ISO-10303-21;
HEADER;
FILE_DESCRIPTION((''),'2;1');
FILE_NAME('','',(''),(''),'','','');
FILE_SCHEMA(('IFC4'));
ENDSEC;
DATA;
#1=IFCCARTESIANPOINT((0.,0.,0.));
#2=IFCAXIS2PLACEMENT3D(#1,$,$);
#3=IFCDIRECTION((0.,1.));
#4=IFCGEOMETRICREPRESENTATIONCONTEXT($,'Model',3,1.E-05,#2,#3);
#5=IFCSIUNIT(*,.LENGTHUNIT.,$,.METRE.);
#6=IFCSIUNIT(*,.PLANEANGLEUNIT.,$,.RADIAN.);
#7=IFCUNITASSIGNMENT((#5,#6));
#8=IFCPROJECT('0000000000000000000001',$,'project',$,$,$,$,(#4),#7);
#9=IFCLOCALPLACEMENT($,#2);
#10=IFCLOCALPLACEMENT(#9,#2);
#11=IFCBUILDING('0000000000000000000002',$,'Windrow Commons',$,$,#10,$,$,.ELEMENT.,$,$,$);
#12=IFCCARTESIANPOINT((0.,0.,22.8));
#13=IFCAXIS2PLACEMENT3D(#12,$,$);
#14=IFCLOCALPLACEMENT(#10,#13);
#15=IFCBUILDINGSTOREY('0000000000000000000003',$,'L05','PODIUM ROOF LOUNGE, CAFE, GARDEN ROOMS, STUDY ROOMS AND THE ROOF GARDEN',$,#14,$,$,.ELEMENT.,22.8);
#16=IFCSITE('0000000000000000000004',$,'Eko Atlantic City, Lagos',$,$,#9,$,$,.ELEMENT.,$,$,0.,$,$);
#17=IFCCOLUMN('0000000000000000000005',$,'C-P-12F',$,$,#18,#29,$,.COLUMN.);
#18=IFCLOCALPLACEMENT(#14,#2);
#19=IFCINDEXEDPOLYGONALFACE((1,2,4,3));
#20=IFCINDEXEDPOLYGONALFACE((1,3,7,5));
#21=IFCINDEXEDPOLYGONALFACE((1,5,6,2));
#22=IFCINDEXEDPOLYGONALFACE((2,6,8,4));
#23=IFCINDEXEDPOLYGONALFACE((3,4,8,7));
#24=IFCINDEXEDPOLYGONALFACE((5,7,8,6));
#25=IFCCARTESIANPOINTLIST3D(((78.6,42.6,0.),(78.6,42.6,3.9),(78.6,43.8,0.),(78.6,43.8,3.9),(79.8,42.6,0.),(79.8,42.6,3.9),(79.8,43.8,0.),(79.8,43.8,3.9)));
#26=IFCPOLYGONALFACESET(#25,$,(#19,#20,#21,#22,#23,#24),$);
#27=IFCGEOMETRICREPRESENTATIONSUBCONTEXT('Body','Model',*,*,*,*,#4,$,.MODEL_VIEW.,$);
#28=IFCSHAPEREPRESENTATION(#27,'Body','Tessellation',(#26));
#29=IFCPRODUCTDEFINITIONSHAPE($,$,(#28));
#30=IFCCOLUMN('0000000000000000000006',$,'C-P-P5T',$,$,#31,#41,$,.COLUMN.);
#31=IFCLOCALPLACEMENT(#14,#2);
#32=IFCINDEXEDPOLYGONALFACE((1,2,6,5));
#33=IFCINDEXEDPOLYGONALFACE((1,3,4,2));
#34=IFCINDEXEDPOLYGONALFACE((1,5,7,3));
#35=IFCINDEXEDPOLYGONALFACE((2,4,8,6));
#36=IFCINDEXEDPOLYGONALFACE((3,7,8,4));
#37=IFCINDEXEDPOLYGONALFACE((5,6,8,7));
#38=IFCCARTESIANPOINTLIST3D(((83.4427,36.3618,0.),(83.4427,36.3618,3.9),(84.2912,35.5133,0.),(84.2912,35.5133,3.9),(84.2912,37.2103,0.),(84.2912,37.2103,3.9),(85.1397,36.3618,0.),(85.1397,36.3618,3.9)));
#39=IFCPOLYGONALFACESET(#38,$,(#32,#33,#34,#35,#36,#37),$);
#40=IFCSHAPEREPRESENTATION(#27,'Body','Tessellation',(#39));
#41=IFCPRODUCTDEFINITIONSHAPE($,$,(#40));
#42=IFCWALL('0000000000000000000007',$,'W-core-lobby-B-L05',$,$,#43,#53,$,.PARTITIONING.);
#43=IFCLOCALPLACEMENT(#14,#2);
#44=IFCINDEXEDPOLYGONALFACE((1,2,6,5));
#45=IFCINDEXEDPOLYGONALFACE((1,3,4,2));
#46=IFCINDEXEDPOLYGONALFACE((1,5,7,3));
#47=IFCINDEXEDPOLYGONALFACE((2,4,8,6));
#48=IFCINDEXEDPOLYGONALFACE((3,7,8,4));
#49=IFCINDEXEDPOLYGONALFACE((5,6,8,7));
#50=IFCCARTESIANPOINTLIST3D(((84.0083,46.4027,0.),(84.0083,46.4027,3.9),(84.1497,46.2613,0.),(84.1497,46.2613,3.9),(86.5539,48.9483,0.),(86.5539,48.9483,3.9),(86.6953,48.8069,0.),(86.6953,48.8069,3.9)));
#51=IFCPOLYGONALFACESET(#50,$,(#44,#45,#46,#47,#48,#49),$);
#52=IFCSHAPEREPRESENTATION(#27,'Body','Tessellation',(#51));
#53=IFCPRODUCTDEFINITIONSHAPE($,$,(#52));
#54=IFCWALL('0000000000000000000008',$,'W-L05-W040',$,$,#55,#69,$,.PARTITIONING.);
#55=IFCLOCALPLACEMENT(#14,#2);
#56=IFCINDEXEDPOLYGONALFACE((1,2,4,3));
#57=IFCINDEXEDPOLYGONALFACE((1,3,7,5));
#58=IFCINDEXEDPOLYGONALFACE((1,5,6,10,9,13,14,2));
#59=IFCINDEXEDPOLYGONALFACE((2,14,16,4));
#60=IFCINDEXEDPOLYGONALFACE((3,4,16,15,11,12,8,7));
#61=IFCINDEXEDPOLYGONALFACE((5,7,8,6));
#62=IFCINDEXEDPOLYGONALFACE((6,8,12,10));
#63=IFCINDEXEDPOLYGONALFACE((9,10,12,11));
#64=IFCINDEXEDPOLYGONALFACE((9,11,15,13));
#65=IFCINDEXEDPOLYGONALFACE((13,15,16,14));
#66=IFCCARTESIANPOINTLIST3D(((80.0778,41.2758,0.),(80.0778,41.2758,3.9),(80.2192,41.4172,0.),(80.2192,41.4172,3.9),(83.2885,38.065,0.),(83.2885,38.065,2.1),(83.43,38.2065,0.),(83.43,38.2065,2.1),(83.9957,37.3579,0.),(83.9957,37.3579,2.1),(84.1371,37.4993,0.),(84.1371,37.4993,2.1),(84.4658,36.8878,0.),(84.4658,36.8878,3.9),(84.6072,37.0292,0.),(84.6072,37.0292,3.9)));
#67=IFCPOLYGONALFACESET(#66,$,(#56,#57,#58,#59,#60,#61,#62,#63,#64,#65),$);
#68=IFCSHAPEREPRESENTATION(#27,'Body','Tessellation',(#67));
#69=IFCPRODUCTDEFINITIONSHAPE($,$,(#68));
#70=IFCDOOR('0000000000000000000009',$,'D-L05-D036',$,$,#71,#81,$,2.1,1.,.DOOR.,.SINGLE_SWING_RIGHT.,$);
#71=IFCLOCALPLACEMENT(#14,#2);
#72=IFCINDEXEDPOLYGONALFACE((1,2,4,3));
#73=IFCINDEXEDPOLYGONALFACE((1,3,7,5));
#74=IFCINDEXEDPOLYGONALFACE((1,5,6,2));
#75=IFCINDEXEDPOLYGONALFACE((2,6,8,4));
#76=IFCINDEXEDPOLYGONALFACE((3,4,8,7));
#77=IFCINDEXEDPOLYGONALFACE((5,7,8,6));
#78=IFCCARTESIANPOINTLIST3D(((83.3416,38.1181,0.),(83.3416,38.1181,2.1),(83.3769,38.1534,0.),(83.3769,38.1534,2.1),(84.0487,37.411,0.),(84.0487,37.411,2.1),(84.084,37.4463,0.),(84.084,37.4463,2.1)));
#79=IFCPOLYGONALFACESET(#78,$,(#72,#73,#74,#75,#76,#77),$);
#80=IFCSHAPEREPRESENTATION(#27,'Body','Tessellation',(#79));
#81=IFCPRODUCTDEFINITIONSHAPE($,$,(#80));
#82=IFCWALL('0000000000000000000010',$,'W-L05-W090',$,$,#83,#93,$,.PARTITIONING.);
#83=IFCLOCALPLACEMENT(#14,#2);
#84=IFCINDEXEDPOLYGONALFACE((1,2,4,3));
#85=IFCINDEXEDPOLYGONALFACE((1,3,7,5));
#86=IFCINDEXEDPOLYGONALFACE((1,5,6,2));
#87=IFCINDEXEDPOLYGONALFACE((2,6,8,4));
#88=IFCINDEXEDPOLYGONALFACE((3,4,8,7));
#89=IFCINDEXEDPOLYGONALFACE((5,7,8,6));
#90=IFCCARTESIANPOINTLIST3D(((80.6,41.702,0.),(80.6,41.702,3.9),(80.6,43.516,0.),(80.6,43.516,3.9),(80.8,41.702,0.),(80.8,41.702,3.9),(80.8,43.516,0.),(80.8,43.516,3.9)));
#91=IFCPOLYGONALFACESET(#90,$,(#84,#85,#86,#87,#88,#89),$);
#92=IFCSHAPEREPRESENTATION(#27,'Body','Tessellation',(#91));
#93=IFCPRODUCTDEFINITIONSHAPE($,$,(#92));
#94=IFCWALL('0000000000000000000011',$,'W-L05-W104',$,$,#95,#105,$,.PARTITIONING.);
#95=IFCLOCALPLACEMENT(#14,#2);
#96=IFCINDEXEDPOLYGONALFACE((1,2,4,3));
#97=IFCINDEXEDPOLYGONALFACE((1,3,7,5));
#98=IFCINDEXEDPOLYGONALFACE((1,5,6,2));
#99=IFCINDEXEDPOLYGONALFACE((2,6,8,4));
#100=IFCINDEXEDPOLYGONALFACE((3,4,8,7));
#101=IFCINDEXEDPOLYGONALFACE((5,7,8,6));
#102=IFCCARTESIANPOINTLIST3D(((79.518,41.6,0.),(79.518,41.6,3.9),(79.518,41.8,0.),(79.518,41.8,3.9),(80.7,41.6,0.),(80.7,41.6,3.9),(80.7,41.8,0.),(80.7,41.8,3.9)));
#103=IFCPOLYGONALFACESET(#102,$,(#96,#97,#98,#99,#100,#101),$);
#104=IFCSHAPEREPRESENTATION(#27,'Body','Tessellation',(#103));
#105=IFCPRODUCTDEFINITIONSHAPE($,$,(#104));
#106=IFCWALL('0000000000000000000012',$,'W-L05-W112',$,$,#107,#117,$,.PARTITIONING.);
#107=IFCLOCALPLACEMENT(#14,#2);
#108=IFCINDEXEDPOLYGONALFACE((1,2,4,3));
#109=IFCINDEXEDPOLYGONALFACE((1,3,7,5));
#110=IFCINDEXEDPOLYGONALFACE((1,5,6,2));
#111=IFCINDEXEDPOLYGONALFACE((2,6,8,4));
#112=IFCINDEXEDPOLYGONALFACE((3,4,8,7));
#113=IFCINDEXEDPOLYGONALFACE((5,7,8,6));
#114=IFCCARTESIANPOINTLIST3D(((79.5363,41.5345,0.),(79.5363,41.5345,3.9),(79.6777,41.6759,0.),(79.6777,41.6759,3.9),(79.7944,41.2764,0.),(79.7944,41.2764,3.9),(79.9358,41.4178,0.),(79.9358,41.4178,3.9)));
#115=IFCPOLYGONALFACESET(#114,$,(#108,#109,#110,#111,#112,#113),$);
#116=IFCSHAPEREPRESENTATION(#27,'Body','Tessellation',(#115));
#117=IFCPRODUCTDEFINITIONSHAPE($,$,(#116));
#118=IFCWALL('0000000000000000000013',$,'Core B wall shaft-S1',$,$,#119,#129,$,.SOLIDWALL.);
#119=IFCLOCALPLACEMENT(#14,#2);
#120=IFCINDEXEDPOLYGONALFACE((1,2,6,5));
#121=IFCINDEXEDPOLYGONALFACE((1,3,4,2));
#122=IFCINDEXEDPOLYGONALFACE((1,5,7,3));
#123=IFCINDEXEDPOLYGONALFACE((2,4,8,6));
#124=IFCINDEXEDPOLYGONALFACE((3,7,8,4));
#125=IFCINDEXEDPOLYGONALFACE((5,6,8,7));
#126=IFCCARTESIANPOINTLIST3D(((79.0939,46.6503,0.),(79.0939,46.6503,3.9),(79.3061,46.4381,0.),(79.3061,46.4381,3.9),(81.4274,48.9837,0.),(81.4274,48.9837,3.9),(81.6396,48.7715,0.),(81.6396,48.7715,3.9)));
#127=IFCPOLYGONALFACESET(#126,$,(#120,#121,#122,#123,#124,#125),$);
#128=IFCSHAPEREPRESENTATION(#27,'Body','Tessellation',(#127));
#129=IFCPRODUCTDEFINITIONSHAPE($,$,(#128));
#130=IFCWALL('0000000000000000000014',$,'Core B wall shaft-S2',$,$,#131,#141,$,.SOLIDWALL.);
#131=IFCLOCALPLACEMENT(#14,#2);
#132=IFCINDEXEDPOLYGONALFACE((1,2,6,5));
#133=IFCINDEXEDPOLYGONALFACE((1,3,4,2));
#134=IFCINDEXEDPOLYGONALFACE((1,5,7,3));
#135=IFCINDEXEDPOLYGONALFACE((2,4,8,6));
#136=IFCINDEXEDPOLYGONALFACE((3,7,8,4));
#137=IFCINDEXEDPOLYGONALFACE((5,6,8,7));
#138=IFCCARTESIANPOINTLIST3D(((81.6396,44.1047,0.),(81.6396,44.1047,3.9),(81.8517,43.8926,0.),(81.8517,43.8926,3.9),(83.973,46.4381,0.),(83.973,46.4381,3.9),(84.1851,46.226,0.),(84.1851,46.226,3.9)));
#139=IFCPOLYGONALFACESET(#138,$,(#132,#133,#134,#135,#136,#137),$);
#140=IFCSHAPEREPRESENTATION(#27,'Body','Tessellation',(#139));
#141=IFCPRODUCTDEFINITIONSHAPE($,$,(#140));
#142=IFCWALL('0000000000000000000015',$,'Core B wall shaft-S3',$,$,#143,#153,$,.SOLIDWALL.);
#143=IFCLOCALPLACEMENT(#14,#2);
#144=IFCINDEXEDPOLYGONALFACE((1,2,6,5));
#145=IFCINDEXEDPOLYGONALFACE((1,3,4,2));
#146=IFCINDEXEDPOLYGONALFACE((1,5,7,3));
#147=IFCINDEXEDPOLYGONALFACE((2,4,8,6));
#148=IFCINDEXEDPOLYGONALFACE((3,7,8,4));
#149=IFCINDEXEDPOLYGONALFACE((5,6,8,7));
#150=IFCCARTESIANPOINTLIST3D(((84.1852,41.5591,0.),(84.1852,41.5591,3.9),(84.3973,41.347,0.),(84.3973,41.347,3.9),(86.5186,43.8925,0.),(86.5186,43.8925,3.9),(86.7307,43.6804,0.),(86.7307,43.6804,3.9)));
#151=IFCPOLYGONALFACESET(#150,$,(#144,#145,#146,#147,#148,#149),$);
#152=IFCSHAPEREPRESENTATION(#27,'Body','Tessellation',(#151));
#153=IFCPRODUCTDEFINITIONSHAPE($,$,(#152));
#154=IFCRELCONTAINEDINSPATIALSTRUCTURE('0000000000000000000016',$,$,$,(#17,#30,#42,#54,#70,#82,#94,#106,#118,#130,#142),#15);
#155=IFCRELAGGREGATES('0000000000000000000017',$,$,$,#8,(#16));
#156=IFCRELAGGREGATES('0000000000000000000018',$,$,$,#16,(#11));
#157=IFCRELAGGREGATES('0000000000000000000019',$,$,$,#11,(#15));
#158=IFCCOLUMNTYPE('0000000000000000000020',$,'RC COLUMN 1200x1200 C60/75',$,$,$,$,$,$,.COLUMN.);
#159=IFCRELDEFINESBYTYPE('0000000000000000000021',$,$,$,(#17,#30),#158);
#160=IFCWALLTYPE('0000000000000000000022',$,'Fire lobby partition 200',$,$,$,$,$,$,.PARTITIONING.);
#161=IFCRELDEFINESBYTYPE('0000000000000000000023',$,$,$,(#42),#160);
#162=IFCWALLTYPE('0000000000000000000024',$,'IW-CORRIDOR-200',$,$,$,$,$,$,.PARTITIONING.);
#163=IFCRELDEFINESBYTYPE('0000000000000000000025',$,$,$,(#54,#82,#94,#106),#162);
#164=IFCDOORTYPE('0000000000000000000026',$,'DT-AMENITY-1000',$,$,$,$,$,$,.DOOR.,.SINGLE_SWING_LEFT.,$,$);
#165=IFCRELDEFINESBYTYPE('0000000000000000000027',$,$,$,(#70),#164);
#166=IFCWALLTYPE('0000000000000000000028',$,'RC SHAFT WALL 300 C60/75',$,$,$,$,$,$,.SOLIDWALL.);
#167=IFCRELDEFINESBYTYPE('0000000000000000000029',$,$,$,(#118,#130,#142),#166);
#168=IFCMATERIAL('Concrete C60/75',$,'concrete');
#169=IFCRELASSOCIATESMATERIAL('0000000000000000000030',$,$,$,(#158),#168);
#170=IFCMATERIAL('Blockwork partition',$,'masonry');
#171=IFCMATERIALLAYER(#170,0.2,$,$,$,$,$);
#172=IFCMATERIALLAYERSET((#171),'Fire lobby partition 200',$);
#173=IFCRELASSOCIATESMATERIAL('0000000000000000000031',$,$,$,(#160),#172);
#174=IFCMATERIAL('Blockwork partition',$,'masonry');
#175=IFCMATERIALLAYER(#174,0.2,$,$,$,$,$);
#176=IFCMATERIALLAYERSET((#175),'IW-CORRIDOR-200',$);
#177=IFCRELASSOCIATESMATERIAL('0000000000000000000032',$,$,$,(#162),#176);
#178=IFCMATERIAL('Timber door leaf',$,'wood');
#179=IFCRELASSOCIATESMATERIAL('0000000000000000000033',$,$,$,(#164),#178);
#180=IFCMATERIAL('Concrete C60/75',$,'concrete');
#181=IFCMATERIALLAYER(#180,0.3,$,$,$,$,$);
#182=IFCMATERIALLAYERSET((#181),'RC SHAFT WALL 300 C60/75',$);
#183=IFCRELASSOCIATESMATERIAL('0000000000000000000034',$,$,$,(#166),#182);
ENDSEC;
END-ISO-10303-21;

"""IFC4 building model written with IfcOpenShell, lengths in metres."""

from ifc_helpers import new_model, si_unit, direction, frame, frame_2d, origin, origin_2d, place, context, subcontext, project, spatial, rectangle, extrude, material, layer, layer_set, material_profile, profile_set, type_object, element, fill, save


model = new_model("IFC4")

# Units and contexts
model_context = context("Model", 3, precision=1e-05, world=origin(), true_north=direction((0.0, 1.0)))
body_context = subcontext(model_context, "Body", "Model", "MODEL_VIEW")
ifc_project = project(units=[si_unit("LENGTHUNIT", "METRE"), si_unit("PLANEANGLEUNIT", "RADIAN")], contexts=[model_context])

# Site, building, storey
site_placement = place(None, origin())
site = spatial("IfcSite", under=ifc_project, at=site_placement, Name="Eko Atlantic City, Lagos", CompositionType="ELEMENT", RefElevation=0.0)
building_placement = place(site_placement, origin())
building = spatial("IfcBuilding", under=site, at=building_placement, Name="Windrow Commons", CompositionType="ELEMENT")
storey_placement = place(building_placement, frame((0.0, 0.0, 22.8)))
storey = spatial("IfcBuildingStorey", under=building, at=storey_placement, Name="L05", Description="PODIUM ROOF LOUNGE, CAFE, GARDEN ROOMS, STUDY ROOMS AND THE ROOF GARDEN", CompositionType="ELEMENT", Elevation=22.8)

# Columns
ifc_material_1 = material(Name="Concrete C60/75", Category="concrete")
ifc_material_profile = material_profile(ifc_material_1, rectangle(XDim=1.2, YDim=1.2, at=origin_2d()))
ifc_profile_set = profile_set([ifc_material_profile], Name="Concrete C60/75")
column_type = type_object("IfcColumnType", Name="RC COLUMN 1200x1200 C60/75", PredefinedType="COLUMN", material=ifc_profile_set)
for number, where, z_axis, x_axis, name in (
    (1, (79.2, 43.2, 0.0), (0.0, 0.0, 1.0), (1.0, 0.0, 0.0), "C-P-12F"),
    (2, (84.2912, 36.3618, 0.0), (0.0, 0.0, 1.0), (0.707107, -0.707107, 0.0), "C-P-P5T"),
):
    element("IfcColumn", number, at=place(storey_placement, frame(where, z_axis=z_axis, x_axis=x_axis)), inside=storey, type_object=column_type, Name=name, PredefinedType="COLUMN", context=body_context, shape_type="SweptSolid", body=[
        extrude(rectangle(XDim=1.2, YDim=1.2, at=origin_2d()), origin(), (0.0, 0.0, 1.0), 3.9),
    ])

# Wall
ifc_material_2 = material(Name="Blockwork partition", Category="masonry")
ifc_layer_1 = layer(ifc_material_2, 0.2)
ifc_layer_set_1 = layer_set([ifc_layer_1], Name="Fire lobby partition 200")
wall_type_1 = type_object("IfcWallType", Name="Fire lobby partition 200", PredefinedType="PARTITIONING", material=ifc_layer_set_1)
wall_1_placement = place(storey_placement, frame((84.079, 46.332, 0.0), z_axis=(0.0, 0.0, 1.0), x_axis=(0.707107, 0.707107, 0.0)))
element("IfcWall", 3, at=wall_1_placement, inside=storey, type_object=wall_type_1, Name="W-core-lobby-B-L05", PredefinedType="PARTITIONING", context=body_context, shape_type="SweptSolid", body=[
    extrude(rectangle(XDim=3.6, YDim=0.2, at=frame_2d((1.8, 0.0))), origin(), (0.0, 0.0, 1.0), 3.9),
])

# Wall, opening, door
ifc_material_3 = material(Name="Blockwork partition", Category="masonry")
ifc_layer_2 = layer(ifc_material_3, 0.2)
ifc_layer_set_2 = layer_set([ifc_layer_2], Name="IW-CORRIDOR-200")
wall_type_2 = type_object("IfcWallType", Name="IW-CORRIDOR-200", PredefinedType="PARTITIONING", material=ifc_layer_set_2)
wall_2_placement = place(storey_placement, frame((80.1485, 41.3465, 0.0), z_axis=(0.0, 0.0, 1.0), x_axis=(0.707107, -0.707107, 0.0)))
wall_2 = element("IfcWall", 4, at=wall_2_placement, inside=storey, type_object=wall_type_2, Name="W-L05-W040", PredefinedType="PARTITIONING", context=body_context, shape_type="SweptSolid", body=[
    extrude(rectangle(XDim=6.2056, YDim=0.2, at=frame_2d((3.1028, 0.0))), origin(), (0.0, 0.0, 1.0), 3.9),
])
opening_placement = place(wall_2_placement, frame((4.5407, 0.0, 0.0)))
opening = element("IfcOpeningElement", 5, at=opening_placement, cuts=wall_2, PredefinedType="OPENING", context=body_context, shape_type="SweptSolid", body=[
    extrude(rectangle(XDim=1.0, YDim=2.1, at=frame_2d((0.5, 1.05))), frame((0.0, 0.11, 0.0), z_axis=(0.0, -1.0, 0.0), x_axis=(1.0, 0.0, 0.0)), (0.0, 0.0, 1.0), 0.22),
])
ifc_material_4 = material(Name="Timber door leaf", Category="wood")
door_type = type_object("IfcDoorType", Name="DT-AMENITY-1000", OperationType="SINGLE_SWING_LEFT", PredefinedType="DOOR", material=ifc_material_4)
door_placement = place(opening_placement, origin())
door = element("IfcDoor", 6, at=door_placement, inside=storey, type_object=door_type, Name="D-L05-D036", OperationType="SINGLE_SWING_RIGHT", OverallHeight=2.1, OverallWidth=1.0, PredefinedType="DOOR", context=body_context, shape_type="SweptSolid", body=[
    extrude(rectangle(XDim=1.0, YDim=2.1, at=frame_2d((0.5, 1.05))), frame((0.0, 0.025, 0.0), z_axis=(0.0, -1.0, 0.0), x_axis=(1.0, 0.0, 0.0)), (0.0, 0.0, 1.0), 0.05),
])
fill(opening, door)

# Walls
wall_3_placement = place(storey_placement, frame((80.7, 41.702, 0.0), z_axis=(0.0, 0.0, 1.0), x_axis=(0.0, 1.0, 0.0)))
element("IfcWall", 7, at=wall_3_placement, inside=storey, type_object=wall_type_2, Name="W-L05-W090", PredefinedType="PARTITIONING", context=body_context, shape_type="SweptSolid", body=[
    extrude(rectangle(XDim=1.814, YDim=0.2, at=frame_2d((0.907, 0.0))), origin(), (0.0, 0.0, 1.0), 3.9),
])
wall_4_placement = place(storey_placement, frame((79.518, 41.7, 0.0), z_axis=(0.0, 0.0, 1.0), x_axis=(1.0, 0.0, 0.0)))
element("IfcWall", 8, at=wall_4_placement, inside=storey, type_object=wall_type_2, Name="W-L05-W104", PredefinedType="PARTITIONING", context=body_context, shape_type="SweptSolid", body=[
    extrude(rectangle(XDim=1.182, YDim=0.2, at=frame_2d((0.591, 0.0))), origin(), (0.0, 0.0, 1.0), 3.9),
])
wall_5_placement = place(storey_placement, frame((79.607, 41.6052, 0.0), z_axis=(0.0, 0.0, 1.0), x_axis=(0.707107, -0.707107, 0.0)))
element("IfcWall", 9, at=wall_5_placement, inside=storey, type_object=wall_type_2, Name="W-L05-W112", PredefinedType="PARTITIONING", context=body_context, shape_type="SweptSolid", body=[
    extrude(rectangle(XDim=0.365, YDim=0.2, at=frame_2d((0.1825, 0.0))), origin(), (0.0, 0.0, 1.0), 3.9),
])
ifc_material_5 = material(Name="Concrete C60/75", Category="concrete")
ifc_layer_3 = layer(ifc_material_5, 0.3)
ifc_layer_set_3 = layer_set([ifc_layer_3], Name="RC SHAFT WALL 300 C60/75")
wall_type_3 = type_object("IfcWallType", Name="RC SHAFT WALL 300 C60/75", PredefinedType="SOLIDWALL", material=ifc_layer_set_3)
wall_6_placement = place(storey_placement, frame((79.2, 46.5442, 0.0), z_axis=(0.0, 0.0, 1.0), x_axis=(0.707122, 0.707092, 0.0)))
element("IfcWall", 10, at=wall_6_placement, inside=storey, type_object=wall_type_3, Name="Core B wall shaft-S1", PredefinedType="SOLIDWALL", context=body_context, shape_type="SweptSolid", body=[
    extrude(rectangle(XDim=3.3, YDim=0.3, at=frame_2d((1.65, 0.0))), origin(), (0.0, 0.0, 1.0), 3.9),
])
for number, where, z_axis, x_axis, name in (
    (11, (81.7456, 43.9986, 0.0), (0.0, 0.0, 1.0), (0.707107, 0.707107, 0.0), "Core B wall shaft-S2"),
    (12, (84.2912, 41.453, 0.0), (0.0, 0.0, 1.0), (0.707107, 0.707107, 0.0), "Core B wall shaft-S3"),
):
    element("IfcWall", number, at=place(storey_placement, frame(where, z_axis=z_axis, x_axis=x_axis)), inside=storey, type_object=wall_type_3, Name=name, PredefinedType="SOLIDWALL", context=body_context, shape_type="SweptSolid", body=[
        extrude(rectangle(XDim=3.2999, YDim=0.3, at=frame_2d((1.65, 0.0))), origin(), (0.0, 0.0, 1.0), 3.9),
    ])

save(model, "model.ifc")
